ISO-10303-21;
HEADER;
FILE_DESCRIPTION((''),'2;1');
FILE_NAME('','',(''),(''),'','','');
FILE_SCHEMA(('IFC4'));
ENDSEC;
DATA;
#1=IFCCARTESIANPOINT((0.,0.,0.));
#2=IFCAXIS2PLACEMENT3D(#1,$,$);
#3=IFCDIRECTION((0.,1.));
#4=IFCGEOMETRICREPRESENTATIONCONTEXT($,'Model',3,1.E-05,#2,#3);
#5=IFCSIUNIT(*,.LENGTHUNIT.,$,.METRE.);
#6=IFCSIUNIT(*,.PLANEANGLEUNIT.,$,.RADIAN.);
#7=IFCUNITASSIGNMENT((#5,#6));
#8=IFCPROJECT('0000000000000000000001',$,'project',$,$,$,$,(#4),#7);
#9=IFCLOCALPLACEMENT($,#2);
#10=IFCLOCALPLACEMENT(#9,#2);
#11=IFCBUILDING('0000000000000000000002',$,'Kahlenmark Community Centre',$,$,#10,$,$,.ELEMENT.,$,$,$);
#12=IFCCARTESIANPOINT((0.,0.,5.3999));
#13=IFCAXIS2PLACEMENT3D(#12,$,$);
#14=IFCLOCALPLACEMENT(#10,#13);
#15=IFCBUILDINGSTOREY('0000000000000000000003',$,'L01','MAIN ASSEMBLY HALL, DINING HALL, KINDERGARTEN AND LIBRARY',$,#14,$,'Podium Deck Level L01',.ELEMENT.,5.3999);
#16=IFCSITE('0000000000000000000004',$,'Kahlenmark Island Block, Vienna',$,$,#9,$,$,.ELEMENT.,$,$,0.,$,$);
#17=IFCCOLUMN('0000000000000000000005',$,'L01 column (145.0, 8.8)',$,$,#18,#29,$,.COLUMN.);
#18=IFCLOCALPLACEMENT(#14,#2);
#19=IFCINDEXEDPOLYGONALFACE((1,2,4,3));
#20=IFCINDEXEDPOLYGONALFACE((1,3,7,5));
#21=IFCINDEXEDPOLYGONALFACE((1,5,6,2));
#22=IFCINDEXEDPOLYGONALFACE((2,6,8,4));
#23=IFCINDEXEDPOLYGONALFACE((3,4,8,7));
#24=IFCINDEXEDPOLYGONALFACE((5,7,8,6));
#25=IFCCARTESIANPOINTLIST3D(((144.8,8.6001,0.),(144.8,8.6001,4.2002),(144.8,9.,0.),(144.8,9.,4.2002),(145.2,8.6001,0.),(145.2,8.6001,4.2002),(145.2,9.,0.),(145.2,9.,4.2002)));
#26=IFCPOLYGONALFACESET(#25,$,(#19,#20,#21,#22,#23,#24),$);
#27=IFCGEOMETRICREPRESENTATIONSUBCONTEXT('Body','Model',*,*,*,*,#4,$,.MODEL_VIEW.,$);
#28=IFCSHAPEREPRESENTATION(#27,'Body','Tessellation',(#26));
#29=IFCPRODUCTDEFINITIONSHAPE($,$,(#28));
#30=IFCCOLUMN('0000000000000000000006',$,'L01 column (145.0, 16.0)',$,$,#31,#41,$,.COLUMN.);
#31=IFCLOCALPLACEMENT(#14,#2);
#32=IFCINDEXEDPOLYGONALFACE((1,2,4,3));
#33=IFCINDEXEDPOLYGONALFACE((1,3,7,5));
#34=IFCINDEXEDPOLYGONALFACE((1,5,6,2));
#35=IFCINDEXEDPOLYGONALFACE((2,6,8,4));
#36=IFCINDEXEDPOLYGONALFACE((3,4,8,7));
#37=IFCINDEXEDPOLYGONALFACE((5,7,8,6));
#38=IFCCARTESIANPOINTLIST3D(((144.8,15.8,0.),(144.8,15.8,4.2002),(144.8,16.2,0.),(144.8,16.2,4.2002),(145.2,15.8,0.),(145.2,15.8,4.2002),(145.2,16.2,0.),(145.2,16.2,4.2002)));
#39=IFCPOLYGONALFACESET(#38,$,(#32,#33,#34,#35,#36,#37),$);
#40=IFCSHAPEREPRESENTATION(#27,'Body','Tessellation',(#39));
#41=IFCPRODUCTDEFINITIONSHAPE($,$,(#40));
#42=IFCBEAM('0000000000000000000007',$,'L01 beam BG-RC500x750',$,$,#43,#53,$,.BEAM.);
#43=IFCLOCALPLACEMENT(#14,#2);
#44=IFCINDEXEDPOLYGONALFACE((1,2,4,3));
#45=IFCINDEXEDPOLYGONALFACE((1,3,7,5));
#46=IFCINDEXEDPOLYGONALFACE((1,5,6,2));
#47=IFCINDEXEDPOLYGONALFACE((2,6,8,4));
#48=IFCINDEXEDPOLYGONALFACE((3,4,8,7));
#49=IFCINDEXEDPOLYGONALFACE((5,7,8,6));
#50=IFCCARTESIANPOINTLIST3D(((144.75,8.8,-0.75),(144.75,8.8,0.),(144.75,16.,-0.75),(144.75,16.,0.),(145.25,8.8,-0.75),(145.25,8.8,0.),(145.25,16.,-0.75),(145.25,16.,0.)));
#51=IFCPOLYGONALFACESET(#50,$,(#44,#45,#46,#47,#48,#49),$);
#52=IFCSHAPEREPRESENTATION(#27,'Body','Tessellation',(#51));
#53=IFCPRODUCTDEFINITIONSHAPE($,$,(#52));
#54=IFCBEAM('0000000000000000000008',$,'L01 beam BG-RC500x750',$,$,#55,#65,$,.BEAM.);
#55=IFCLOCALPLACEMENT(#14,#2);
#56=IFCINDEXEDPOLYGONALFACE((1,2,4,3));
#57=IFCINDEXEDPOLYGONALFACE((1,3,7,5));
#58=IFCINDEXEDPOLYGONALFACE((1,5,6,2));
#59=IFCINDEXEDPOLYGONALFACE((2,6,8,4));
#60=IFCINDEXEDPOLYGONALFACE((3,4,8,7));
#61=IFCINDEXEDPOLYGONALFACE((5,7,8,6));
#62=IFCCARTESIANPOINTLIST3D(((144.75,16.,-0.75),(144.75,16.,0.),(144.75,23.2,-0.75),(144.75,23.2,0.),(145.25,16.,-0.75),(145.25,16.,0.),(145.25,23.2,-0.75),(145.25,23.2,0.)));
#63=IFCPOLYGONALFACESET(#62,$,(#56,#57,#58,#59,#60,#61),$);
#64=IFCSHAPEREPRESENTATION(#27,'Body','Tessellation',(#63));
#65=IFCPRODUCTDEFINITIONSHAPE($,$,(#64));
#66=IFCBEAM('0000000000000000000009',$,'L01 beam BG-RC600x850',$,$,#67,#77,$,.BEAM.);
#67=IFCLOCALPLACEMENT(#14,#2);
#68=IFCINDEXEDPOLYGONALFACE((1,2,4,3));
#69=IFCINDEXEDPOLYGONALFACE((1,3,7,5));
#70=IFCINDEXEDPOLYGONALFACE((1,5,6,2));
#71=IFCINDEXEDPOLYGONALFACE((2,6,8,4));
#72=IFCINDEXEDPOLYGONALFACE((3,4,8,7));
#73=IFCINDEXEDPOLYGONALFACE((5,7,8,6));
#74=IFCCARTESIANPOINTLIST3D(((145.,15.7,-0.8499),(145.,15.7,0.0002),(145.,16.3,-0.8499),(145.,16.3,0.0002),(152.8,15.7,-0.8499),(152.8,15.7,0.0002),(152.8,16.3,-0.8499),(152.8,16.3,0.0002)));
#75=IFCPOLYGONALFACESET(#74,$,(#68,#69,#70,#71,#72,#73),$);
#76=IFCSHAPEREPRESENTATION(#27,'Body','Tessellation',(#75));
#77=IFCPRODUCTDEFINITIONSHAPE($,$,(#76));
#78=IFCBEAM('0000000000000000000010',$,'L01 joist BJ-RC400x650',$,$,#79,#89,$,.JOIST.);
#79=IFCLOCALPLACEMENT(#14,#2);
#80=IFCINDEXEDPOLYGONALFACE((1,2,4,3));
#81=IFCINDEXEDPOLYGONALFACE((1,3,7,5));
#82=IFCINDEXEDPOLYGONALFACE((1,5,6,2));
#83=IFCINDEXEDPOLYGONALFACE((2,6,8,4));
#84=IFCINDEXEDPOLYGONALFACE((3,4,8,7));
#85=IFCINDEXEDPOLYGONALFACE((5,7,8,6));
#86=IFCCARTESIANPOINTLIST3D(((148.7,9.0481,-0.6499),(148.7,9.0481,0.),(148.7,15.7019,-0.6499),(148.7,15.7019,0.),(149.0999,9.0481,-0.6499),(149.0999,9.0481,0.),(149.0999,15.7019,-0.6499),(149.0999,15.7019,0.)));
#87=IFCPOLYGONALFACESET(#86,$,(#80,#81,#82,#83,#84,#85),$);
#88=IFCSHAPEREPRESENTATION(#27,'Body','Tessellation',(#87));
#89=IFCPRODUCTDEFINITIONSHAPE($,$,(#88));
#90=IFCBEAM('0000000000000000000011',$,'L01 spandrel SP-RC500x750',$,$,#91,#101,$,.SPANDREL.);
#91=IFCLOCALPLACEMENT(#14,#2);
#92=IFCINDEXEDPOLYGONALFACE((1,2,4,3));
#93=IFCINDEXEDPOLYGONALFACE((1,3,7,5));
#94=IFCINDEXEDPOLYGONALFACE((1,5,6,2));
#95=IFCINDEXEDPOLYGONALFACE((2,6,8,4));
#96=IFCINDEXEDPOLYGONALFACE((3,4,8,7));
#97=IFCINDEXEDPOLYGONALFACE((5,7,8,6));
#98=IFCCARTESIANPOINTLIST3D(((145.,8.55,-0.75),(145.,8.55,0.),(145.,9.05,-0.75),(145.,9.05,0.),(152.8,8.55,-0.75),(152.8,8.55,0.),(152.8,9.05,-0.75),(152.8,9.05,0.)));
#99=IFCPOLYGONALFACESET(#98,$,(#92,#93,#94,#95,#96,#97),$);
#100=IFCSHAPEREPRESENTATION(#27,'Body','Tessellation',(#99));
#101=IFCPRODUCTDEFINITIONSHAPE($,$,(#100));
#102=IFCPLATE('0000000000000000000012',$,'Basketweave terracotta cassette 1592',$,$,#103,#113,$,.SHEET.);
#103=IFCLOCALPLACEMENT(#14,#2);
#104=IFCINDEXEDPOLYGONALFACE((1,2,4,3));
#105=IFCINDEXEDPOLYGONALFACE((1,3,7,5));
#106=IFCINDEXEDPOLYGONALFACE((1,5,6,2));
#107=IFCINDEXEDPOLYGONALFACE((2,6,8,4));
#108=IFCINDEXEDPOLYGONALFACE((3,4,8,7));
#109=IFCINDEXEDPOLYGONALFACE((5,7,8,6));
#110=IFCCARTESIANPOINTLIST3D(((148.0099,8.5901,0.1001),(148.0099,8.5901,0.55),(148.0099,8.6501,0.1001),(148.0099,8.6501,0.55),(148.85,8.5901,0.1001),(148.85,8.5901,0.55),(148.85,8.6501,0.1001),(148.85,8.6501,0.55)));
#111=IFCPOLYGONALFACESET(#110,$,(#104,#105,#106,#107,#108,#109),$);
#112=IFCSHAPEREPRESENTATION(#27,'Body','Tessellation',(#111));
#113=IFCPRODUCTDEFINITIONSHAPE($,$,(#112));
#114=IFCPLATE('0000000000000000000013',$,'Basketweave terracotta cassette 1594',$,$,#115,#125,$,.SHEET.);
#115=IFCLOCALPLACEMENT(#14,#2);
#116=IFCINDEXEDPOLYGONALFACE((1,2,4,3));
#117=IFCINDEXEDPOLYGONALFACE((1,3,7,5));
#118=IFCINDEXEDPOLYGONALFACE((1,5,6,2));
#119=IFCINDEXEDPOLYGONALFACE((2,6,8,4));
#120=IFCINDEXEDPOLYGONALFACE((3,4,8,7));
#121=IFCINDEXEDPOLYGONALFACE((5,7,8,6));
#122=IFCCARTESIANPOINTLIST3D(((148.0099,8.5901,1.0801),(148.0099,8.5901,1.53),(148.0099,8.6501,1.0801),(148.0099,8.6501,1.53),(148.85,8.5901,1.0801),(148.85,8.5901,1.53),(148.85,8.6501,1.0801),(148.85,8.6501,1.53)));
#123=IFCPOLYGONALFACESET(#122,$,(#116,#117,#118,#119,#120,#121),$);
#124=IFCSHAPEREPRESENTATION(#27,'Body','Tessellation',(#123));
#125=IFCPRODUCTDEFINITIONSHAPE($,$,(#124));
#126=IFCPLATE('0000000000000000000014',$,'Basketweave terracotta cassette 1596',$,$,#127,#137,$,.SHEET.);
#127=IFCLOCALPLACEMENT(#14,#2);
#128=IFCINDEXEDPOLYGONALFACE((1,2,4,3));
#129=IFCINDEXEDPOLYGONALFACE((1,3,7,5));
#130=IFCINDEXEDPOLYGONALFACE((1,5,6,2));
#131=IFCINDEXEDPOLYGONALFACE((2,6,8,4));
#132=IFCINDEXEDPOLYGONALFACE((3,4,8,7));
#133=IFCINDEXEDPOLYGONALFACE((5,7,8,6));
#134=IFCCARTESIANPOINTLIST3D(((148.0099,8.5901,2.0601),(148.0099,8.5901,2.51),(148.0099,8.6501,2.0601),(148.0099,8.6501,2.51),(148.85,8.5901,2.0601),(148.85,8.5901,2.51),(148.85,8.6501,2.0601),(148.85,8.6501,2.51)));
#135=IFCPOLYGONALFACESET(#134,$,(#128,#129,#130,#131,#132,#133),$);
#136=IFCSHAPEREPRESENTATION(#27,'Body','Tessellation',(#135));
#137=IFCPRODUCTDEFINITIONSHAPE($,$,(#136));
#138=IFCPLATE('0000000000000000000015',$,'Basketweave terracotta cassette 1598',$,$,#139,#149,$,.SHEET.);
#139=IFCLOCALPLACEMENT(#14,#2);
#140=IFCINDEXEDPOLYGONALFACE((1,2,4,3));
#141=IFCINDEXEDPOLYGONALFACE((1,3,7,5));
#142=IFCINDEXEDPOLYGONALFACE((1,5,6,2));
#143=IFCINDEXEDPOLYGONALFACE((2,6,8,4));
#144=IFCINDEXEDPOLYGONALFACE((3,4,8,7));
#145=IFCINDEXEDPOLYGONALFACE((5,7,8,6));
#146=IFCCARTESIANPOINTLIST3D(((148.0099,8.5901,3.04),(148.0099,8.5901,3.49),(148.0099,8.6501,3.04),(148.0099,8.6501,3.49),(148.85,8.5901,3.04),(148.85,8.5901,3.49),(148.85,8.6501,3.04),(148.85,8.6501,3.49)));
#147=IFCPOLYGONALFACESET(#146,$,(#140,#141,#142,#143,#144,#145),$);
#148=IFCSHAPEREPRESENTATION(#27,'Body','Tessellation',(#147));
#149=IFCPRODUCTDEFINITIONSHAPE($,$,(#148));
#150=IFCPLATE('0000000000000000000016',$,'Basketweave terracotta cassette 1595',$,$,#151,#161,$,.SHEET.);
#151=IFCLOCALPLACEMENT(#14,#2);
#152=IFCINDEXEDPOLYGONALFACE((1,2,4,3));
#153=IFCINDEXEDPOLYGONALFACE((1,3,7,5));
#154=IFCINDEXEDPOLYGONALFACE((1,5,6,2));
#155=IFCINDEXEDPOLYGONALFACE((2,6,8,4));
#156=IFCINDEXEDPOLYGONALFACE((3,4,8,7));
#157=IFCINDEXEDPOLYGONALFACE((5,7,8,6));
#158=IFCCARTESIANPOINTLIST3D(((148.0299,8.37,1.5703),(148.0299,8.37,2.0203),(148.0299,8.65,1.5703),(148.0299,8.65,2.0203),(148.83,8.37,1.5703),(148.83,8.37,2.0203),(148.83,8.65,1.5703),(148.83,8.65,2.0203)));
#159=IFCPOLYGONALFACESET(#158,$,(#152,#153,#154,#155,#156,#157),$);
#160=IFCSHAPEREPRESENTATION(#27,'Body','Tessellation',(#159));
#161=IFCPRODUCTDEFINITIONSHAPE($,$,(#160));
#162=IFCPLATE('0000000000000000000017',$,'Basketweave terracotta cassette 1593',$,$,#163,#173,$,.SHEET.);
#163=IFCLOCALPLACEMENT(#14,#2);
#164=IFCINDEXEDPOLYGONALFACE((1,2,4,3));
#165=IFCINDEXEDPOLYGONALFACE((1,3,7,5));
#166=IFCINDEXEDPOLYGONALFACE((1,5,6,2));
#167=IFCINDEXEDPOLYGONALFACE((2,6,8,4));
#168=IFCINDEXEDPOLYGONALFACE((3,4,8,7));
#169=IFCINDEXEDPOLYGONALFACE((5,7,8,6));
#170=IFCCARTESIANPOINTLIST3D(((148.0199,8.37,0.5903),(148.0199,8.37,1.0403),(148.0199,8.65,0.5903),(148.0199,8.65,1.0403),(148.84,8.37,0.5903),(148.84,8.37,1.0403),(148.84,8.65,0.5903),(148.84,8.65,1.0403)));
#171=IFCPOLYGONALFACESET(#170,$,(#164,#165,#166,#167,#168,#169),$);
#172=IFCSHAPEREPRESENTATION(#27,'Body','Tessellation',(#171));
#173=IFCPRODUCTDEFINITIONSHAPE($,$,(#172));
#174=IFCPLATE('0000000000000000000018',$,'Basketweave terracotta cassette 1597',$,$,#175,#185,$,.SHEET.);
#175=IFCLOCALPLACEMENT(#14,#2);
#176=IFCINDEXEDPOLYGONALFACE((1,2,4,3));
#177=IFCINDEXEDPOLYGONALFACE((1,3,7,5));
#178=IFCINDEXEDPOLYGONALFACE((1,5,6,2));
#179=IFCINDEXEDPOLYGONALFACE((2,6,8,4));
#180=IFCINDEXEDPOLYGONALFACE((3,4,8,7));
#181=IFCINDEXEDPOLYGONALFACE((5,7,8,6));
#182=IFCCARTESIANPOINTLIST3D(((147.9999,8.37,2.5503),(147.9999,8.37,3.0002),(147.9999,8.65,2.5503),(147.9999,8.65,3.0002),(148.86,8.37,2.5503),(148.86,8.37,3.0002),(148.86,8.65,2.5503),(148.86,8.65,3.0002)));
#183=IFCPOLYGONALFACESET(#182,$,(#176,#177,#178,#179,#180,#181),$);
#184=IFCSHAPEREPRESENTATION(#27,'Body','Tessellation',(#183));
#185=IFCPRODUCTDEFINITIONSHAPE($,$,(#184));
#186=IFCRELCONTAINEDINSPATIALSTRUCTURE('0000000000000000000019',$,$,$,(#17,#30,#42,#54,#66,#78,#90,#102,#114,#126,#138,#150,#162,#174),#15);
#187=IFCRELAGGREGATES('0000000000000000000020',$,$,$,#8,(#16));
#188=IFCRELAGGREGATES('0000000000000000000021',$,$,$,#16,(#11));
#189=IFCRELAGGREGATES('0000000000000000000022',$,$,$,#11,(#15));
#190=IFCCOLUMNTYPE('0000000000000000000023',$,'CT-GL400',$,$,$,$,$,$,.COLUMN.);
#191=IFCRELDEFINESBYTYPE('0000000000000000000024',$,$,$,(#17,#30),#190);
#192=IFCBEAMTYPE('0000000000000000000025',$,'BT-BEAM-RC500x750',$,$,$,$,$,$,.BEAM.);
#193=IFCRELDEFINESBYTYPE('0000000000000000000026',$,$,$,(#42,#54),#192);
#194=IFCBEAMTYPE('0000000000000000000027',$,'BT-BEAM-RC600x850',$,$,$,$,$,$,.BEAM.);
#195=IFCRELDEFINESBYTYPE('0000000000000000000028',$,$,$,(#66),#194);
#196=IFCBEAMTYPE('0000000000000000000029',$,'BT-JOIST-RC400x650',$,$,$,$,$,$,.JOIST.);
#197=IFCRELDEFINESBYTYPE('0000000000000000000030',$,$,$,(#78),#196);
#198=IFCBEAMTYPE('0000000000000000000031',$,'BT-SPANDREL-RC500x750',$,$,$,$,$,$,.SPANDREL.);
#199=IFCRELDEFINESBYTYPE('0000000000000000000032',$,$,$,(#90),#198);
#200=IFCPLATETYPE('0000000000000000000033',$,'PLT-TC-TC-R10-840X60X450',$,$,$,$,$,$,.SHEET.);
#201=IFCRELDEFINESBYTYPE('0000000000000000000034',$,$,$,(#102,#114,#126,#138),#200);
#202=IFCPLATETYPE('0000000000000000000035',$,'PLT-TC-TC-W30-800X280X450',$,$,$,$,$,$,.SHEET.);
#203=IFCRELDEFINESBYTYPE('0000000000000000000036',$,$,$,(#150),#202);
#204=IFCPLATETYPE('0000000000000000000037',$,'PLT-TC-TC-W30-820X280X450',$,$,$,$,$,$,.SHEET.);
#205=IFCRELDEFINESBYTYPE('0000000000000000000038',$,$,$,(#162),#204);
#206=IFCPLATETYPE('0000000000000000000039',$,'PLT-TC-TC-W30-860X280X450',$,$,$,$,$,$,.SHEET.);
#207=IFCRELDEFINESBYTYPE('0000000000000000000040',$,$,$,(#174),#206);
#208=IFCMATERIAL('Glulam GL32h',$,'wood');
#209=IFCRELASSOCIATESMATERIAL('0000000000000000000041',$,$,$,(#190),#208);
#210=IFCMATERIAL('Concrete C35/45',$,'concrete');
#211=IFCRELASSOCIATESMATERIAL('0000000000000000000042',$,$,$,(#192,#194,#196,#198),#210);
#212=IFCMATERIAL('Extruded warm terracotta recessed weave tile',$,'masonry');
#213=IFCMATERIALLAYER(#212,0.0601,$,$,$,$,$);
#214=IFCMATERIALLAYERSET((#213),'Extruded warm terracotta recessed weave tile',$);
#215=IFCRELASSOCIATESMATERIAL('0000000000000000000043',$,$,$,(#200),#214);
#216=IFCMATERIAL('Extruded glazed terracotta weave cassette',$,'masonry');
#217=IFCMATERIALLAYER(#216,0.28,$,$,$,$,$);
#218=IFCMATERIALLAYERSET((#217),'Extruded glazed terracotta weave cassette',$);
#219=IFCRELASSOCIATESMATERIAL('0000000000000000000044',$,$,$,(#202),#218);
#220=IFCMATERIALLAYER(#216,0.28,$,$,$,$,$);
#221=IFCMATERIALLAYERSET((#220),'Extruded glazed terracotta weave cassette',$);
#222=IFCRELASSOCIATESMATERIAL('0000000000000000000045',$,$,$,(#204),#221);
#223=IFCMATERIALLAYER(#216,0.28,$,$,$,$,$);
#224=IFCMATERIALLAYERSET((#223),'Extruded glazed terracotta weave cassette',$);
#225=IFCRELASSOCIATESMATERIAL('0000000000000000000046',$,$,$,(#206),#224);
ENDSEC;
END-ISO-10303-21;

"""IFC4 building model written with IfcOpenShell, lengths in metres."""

from ifc_helpers import new_model, si_unit, direction, frame, origin, origin_2d, place, context, subcontext, project, spatial, rectangle, extrude, material, layer, layer_set, material_profile, profile_set, type_object, element, save


model = new_model("IFC4")

# Units and contexts
model_context = context("Model", 3, precision=1e-05, world=origin(), true_north=direction((0.0, 1.0)))
body_context = subcontext(model_context, "Body", "Model", "MODEL_VIEW")
ifc_project = project(units=[si_unit("LENGTHUNIT", "METRE"), si_unit("PLANEANGLEUNIT", "RADIAN")], contexts=[model_context])

# Site, building, storey
site_placement = place(None, origin())
site = spatial("IfcSite", under=ifc_project, at=site_placement, Name="Kahlenmark Island Block, Vienna", CompositionType="ELEMENT", RefElevation=0.0)
building_placement = place(site_placement, origin())
building = spatial("IfcBuilding", under=site, at=building_placement, Name="Kahlenmark Community Centre", CompositionType="ELEMENT")
storey_placement = place(building_placement, frame((0.0, 0.0, 5.3999)))
storey = spatial("IfcBuildingStorey", under=building, at=storey_placement, Name="L01", Description="MAIN ASSEMBLY HALL, DINING HALL, KINDERGARTEN AND LIBRARY", LongName="Podium Deck Level L01", CompositionType="ELEMENT", Elevation=5.3999)

# Columns
ifc_material_1 = material(Name="Glulam GL32h", Category="wood")
ifc_material_profile_1 = material_profile(ifc_material_1, rectangle(XDim=0.3999, YDim=0.3999, at=origin_2d()), Name="GL32h 400x400")
ifc_profile_set_1 = profile_set([ifc_material_profile_1], Name="Glulam GL32h")
column_type = type_object("IfcColumnType", Name="CT-GL400", PredefinedType="COLUMN", material=ifc_profile_set_1)
for number, where, z_axis, x_axis, name in (
    (1, (145.0, 8.8, 0.0), (0.0, 0.0, 1.0), (1.0, 0.0, 0.0), "L01 column (145.0, 8.8)"),
    (2, (145.0, 16.0, 0.0), (0.0, 0.0, 1.0), (1.0, 0.0, 0.0), "L01 column (145.0, 16.0)"),
):
    element("IfcColumn", number, at=place(storey_placement, frame(where, z_axis=z_axis, x_axis=x_axis)), inside=storey, type_object=column_type, Name=name, PredefinedType="COLUMN", context=body_context, shape_type="SweptSolid", body=[
        extrude(rectangle(XDim=0.3999, YDim=0.3999, at=origin_2d()), origin(), (0.0, 0.0, 1.0), 4.2002),
    ])

# Beams
ifc_material_2 = material(Name="Concrete C35/45", Category="concrete")
ifc_material_profile_2 = material_profile(ifc_material_2, rectangle(XDim=0.5, YDim=0.75, at=origin_2d()), Name="RC 500x750")
ifc_profile_set_2 = profile_set([ifc_material_profile_2], Name="Concrete C35/45")
beam_type_1 = type_object("IfcBeamType", Name="BT-BEAM-RC500x750", PredefinedType="BEAM", material=ifc_profile_set_2)
for number, where, z_axis, x_axis, name in (
    (3, (145.0, 8.8, -0.375), (0.0, 1.0, 0.0), (-1.0, 0.0, 0.0), "L01 beam BG-RC500x750"),
    (4, (145.0, 16.0, -0.375), (0.0, 1.0, 0.0), (-1.0, 0.0, 0.0), "L01 beam BG-RC500x750"),
):
    element("IfcBeam", number, at=place(storey_placement, frame(where, z_axis=z_axis, x_axis=x_axis)), inside=storey, type_object=beam_type_1, Name=name, PredefinedType="BEAM", context=body_context, shape_type="SweptSolid", body=[
        extrude(rectangle(XDim=0.5, YDim=0.75, at=origin_2d()), origin(), (0.0, 0.0, 1.0), 7.2),
    ])
ifc_material_profile_3 = material_profile(ifc_material_2, rectangle(XDim=0.6001, YDim=0.8501, at=origin_2d()), Name="RC 600x850")
ifc_profile_set_3 = profile_set([ifc_material_profile_3], Name="Concrete C35/45")
beam_type_2 = type_object("IfcBeamType", Name="BT-BEAM-RC600x850", PredefinedType="BEAM", material=ifc_profile_set_3)
beam_1_placement = place(storey_placement, frame((145.0, 16.0, -0.4248), z_axis=(1.0, 0.0, 0.0), x_axis=(0.0, 1.0, 0.0)))
element("IfcBeam", 5, at=beam_1_placement, inside=storey, type_object=beam_type_2, Name="L01 beam BG-RC600x850", PredefinedType="BEAM", context=body_context, shape_type="SweptSolid", body=[
    extrude(rectangle(XDim=0.6001, YDim=0.8501, at=origin_2d()), origin(), (0.0, 0.0, 1.0), 7.8),
])
ifc_material_profile_4 = material_profile(ifc_material_2, rectangle(XDim=0.3999, YDim=0.6499, at=origin_2d()), Name="RC 400x650")
ifc_profile_set_4 = profile_set([ifc_material_profile_4], Name="Concrete C35/45")
beam_type_3 = type_object("IfcBeamType", Name="BT-JOIST-RC400x650", PredefinedType="JOIST", material=ifc_profile_set_4)
beam_2_placement = place(storey_placement, frame((148.8999, 9.0481, -0.325), z_axis=(0.0, 1.0, 0.0), x_axis=(-1.0, 0.0, 0.0)))
element("IfcBeam", 6, at=beam_2_placement, inside=storey, type_object=beam_type_3, Name="L01 joist BJ-RC400x650", PredefinedType="JOIST", context=body_context, shape_type="SweptSolid", body=[
    extrude(rectangle(XDim=0.3999, YDim=0.6499, at=origin_2d()), origin(), (0.0, 0.0, 1.0), 6.6538),
])
ifc_material_profile_5 = material_profile(ifc_material_2, rectangle(XDim=0.5, YDim=0.75, at=origin_2d()), Name="RC 500x750")
ifc_profile_set_5 = profile_set([ifc_material_profile_5], Name="Concrete C35/45")
beam_type_4 = type_object("IfcBeamType", Name="BT-SPANDREL-RC500x750", PredefinedType="SPANDREL", material=ifc_profile_set_5)
beam_3_placement = place(storey_placement, frame((145.0, 8.8, -0.375), z_axis=(1.0, 0.0, 0.0), x_axis=(0.0, 1.0, 0.0)))
element("IfcBeam", 7, at=beam_3_placement, inside=storey, type_object=beam_type_4, Name="L01 spandrel SP-RC500x750", PredefinedType="SPANDREL", context=body_context, shape_type="SweptSolid", body=[
    extrude(rectangle(XDim=0.5, YDim=0.75, at=origin_2d()), origin(), (0.0, 0.0, 1.0), 7.8),
])

# Plates
ifc_material_3 = material(Name="Extruded warm terracotta recessed weave tile", Category="masonry")
ifc_layer_1 = layer(ifc_material_3, 0.0601)
ifc_layer_set_1 = layer_set([ifc_layer_1], Name="Extruded warm terracotta recessed weave tile")
plate_type_1 = type_object("IfcPlateType", Name="PLT-TC-TC-R10-840X60X450", PredefinedType="SHEET", material=ifc_layer_set_1)
for number, where, z_axis, x_axis, name in (
    (8, (148.4299, 8.6201, 0.1001), (0.0, 0.0, 1.0), (1.0, 0.0, 0.0), "Basketweave terracotta cassette 1592"),
    (9, (148.4299, 8.6201, 1.0801), (0.0, 0.0, 1.0), (1.0, 0.0, 0.0), "Basketweave terracotta cassette 1594"),
    (10, (148.4299, 8.6201, 2.0601), (0.0, 0.0, 1.0), (1.0, 0.0, 0.0), "Basketweave terracotta cassette 1596"),
    (11, (148.4299, 8.6201, 3.04), (0.0, 0.0, 1.0), (1.0, 0.0, 0.0), "Basketweave terracotta cassette 1598"),
):
    element("IfcPlate", number, at=place(storey_placement, frame(where, z_axis=z_axis, x_axis=x_axis)), inside=storey, type_object=plate_type_1, Name=name, PredefinedType="SHEET", context=body_context, shape_type="SweptSolid", body=[
        extrude(rectangle(XDim=0.8401, YDim=0.0601, at=origin_2d()), origin(), (0.0, 0.0, 1.0), 0.45),
    ])
ifc_material_4 = material(Name="Extruded glazed terracotta weave cassette", Category="masonry")
ifc_layer_2 = layer(ifc_material_4, 0.28)
ifc_layer_set_2 = layer_set([ifc_layer_2], Name="Extruded glazed terracotta weave cassette")
plate_type_2 = type_object("IfcPlateType", Name="PLT-TC-TC-W30-800X280X450", PredefinedType="SHEET", material=ifc_layer_set_2)
plate_1_placement = place(storey_placement, frame((148.4299, 8.51, 1.5703), z_axis=(0.0, 0.0, 1.0), x_axis=(1.0, 0.0, 0.0)))
element("IfcPlate", 12, at=plate_1_placement, inside=storey, type_object=plate_type_2, Name="Basketweave terracotta cassette 1595", PredefinedType="SHEET", context=body_context, shape_type="SweptSolid", body=[
    extrude(rectangle(XDim=0.8, YDim=0.28, at=origin_2d()), origin(), (0.0, 0.0, 1.0), 0.45),
])
ifc_layer_3 = layer(ifc_material_4, 0.28)
ifc_layer_set_3 = layer_set([ifc_layer_3], Name="Extruded glazed terracotta weave cassette")
plate_type_3 = type_object("IfcPlateType", Name="PLT-TC-TC-W30-820X280X450", PredefinedType="SHEET", material=ifc_layer_set_3)
plate_2_placement = place(storey_placement, frame((148.4299, 8.51, 0.5903), z_axis=(0.0, 0.0, 1.0), x_axis=(1.0, 0.0, 0.0)))
element("IfcPlate", 13, at=plate_2_placement, inside=storey, type_object=plate_type_3, Name="Basketweave terracotta cassette 1593", PredefinedType="SHEET", context=body_context, shape_type="SweptSolid", body=[
    extrude(rectangle(XDim=0.8201, YDim=0.28, at=origin_2d()), origin(), (0.0, 0.0, 1.0), 0.45),
])
ifc_layer_4 = layer(ifc_material_4, 0.28)
ifc_layer_set_4 = layer_set([ifc_layer_4], Name="Extruded glazed terracotta weave cassette")
plate_type_4 = type_object("IfcPlateType", Name="PLT-TC-TC-W30-860X280X450", PredefinedType="SHEET", material=ifc_layer_set_4)
plate_3_placement = place(storey_placement, frame((148.4299, 8.51, 2.5503), z_axis=(0.0, 0.0, 1.0), x_axis=(1.0, 0.0, 0.0)))
element("IfcPlate", 14, at=plate_3_placement, inside=storey, type_object=plate_type_4, Name="Basketweave terracotta cassette 1597", PredefinedType="SHEET", context=body_context, shape_type="SweptSolid", body=[
    extrude(rectangle(XDim=0.8601, YDim=0.28, at=origin_2d()), origin(), (0.0, 0.0, 1.0), 0.45),
])

save(model, "model.ifc")
